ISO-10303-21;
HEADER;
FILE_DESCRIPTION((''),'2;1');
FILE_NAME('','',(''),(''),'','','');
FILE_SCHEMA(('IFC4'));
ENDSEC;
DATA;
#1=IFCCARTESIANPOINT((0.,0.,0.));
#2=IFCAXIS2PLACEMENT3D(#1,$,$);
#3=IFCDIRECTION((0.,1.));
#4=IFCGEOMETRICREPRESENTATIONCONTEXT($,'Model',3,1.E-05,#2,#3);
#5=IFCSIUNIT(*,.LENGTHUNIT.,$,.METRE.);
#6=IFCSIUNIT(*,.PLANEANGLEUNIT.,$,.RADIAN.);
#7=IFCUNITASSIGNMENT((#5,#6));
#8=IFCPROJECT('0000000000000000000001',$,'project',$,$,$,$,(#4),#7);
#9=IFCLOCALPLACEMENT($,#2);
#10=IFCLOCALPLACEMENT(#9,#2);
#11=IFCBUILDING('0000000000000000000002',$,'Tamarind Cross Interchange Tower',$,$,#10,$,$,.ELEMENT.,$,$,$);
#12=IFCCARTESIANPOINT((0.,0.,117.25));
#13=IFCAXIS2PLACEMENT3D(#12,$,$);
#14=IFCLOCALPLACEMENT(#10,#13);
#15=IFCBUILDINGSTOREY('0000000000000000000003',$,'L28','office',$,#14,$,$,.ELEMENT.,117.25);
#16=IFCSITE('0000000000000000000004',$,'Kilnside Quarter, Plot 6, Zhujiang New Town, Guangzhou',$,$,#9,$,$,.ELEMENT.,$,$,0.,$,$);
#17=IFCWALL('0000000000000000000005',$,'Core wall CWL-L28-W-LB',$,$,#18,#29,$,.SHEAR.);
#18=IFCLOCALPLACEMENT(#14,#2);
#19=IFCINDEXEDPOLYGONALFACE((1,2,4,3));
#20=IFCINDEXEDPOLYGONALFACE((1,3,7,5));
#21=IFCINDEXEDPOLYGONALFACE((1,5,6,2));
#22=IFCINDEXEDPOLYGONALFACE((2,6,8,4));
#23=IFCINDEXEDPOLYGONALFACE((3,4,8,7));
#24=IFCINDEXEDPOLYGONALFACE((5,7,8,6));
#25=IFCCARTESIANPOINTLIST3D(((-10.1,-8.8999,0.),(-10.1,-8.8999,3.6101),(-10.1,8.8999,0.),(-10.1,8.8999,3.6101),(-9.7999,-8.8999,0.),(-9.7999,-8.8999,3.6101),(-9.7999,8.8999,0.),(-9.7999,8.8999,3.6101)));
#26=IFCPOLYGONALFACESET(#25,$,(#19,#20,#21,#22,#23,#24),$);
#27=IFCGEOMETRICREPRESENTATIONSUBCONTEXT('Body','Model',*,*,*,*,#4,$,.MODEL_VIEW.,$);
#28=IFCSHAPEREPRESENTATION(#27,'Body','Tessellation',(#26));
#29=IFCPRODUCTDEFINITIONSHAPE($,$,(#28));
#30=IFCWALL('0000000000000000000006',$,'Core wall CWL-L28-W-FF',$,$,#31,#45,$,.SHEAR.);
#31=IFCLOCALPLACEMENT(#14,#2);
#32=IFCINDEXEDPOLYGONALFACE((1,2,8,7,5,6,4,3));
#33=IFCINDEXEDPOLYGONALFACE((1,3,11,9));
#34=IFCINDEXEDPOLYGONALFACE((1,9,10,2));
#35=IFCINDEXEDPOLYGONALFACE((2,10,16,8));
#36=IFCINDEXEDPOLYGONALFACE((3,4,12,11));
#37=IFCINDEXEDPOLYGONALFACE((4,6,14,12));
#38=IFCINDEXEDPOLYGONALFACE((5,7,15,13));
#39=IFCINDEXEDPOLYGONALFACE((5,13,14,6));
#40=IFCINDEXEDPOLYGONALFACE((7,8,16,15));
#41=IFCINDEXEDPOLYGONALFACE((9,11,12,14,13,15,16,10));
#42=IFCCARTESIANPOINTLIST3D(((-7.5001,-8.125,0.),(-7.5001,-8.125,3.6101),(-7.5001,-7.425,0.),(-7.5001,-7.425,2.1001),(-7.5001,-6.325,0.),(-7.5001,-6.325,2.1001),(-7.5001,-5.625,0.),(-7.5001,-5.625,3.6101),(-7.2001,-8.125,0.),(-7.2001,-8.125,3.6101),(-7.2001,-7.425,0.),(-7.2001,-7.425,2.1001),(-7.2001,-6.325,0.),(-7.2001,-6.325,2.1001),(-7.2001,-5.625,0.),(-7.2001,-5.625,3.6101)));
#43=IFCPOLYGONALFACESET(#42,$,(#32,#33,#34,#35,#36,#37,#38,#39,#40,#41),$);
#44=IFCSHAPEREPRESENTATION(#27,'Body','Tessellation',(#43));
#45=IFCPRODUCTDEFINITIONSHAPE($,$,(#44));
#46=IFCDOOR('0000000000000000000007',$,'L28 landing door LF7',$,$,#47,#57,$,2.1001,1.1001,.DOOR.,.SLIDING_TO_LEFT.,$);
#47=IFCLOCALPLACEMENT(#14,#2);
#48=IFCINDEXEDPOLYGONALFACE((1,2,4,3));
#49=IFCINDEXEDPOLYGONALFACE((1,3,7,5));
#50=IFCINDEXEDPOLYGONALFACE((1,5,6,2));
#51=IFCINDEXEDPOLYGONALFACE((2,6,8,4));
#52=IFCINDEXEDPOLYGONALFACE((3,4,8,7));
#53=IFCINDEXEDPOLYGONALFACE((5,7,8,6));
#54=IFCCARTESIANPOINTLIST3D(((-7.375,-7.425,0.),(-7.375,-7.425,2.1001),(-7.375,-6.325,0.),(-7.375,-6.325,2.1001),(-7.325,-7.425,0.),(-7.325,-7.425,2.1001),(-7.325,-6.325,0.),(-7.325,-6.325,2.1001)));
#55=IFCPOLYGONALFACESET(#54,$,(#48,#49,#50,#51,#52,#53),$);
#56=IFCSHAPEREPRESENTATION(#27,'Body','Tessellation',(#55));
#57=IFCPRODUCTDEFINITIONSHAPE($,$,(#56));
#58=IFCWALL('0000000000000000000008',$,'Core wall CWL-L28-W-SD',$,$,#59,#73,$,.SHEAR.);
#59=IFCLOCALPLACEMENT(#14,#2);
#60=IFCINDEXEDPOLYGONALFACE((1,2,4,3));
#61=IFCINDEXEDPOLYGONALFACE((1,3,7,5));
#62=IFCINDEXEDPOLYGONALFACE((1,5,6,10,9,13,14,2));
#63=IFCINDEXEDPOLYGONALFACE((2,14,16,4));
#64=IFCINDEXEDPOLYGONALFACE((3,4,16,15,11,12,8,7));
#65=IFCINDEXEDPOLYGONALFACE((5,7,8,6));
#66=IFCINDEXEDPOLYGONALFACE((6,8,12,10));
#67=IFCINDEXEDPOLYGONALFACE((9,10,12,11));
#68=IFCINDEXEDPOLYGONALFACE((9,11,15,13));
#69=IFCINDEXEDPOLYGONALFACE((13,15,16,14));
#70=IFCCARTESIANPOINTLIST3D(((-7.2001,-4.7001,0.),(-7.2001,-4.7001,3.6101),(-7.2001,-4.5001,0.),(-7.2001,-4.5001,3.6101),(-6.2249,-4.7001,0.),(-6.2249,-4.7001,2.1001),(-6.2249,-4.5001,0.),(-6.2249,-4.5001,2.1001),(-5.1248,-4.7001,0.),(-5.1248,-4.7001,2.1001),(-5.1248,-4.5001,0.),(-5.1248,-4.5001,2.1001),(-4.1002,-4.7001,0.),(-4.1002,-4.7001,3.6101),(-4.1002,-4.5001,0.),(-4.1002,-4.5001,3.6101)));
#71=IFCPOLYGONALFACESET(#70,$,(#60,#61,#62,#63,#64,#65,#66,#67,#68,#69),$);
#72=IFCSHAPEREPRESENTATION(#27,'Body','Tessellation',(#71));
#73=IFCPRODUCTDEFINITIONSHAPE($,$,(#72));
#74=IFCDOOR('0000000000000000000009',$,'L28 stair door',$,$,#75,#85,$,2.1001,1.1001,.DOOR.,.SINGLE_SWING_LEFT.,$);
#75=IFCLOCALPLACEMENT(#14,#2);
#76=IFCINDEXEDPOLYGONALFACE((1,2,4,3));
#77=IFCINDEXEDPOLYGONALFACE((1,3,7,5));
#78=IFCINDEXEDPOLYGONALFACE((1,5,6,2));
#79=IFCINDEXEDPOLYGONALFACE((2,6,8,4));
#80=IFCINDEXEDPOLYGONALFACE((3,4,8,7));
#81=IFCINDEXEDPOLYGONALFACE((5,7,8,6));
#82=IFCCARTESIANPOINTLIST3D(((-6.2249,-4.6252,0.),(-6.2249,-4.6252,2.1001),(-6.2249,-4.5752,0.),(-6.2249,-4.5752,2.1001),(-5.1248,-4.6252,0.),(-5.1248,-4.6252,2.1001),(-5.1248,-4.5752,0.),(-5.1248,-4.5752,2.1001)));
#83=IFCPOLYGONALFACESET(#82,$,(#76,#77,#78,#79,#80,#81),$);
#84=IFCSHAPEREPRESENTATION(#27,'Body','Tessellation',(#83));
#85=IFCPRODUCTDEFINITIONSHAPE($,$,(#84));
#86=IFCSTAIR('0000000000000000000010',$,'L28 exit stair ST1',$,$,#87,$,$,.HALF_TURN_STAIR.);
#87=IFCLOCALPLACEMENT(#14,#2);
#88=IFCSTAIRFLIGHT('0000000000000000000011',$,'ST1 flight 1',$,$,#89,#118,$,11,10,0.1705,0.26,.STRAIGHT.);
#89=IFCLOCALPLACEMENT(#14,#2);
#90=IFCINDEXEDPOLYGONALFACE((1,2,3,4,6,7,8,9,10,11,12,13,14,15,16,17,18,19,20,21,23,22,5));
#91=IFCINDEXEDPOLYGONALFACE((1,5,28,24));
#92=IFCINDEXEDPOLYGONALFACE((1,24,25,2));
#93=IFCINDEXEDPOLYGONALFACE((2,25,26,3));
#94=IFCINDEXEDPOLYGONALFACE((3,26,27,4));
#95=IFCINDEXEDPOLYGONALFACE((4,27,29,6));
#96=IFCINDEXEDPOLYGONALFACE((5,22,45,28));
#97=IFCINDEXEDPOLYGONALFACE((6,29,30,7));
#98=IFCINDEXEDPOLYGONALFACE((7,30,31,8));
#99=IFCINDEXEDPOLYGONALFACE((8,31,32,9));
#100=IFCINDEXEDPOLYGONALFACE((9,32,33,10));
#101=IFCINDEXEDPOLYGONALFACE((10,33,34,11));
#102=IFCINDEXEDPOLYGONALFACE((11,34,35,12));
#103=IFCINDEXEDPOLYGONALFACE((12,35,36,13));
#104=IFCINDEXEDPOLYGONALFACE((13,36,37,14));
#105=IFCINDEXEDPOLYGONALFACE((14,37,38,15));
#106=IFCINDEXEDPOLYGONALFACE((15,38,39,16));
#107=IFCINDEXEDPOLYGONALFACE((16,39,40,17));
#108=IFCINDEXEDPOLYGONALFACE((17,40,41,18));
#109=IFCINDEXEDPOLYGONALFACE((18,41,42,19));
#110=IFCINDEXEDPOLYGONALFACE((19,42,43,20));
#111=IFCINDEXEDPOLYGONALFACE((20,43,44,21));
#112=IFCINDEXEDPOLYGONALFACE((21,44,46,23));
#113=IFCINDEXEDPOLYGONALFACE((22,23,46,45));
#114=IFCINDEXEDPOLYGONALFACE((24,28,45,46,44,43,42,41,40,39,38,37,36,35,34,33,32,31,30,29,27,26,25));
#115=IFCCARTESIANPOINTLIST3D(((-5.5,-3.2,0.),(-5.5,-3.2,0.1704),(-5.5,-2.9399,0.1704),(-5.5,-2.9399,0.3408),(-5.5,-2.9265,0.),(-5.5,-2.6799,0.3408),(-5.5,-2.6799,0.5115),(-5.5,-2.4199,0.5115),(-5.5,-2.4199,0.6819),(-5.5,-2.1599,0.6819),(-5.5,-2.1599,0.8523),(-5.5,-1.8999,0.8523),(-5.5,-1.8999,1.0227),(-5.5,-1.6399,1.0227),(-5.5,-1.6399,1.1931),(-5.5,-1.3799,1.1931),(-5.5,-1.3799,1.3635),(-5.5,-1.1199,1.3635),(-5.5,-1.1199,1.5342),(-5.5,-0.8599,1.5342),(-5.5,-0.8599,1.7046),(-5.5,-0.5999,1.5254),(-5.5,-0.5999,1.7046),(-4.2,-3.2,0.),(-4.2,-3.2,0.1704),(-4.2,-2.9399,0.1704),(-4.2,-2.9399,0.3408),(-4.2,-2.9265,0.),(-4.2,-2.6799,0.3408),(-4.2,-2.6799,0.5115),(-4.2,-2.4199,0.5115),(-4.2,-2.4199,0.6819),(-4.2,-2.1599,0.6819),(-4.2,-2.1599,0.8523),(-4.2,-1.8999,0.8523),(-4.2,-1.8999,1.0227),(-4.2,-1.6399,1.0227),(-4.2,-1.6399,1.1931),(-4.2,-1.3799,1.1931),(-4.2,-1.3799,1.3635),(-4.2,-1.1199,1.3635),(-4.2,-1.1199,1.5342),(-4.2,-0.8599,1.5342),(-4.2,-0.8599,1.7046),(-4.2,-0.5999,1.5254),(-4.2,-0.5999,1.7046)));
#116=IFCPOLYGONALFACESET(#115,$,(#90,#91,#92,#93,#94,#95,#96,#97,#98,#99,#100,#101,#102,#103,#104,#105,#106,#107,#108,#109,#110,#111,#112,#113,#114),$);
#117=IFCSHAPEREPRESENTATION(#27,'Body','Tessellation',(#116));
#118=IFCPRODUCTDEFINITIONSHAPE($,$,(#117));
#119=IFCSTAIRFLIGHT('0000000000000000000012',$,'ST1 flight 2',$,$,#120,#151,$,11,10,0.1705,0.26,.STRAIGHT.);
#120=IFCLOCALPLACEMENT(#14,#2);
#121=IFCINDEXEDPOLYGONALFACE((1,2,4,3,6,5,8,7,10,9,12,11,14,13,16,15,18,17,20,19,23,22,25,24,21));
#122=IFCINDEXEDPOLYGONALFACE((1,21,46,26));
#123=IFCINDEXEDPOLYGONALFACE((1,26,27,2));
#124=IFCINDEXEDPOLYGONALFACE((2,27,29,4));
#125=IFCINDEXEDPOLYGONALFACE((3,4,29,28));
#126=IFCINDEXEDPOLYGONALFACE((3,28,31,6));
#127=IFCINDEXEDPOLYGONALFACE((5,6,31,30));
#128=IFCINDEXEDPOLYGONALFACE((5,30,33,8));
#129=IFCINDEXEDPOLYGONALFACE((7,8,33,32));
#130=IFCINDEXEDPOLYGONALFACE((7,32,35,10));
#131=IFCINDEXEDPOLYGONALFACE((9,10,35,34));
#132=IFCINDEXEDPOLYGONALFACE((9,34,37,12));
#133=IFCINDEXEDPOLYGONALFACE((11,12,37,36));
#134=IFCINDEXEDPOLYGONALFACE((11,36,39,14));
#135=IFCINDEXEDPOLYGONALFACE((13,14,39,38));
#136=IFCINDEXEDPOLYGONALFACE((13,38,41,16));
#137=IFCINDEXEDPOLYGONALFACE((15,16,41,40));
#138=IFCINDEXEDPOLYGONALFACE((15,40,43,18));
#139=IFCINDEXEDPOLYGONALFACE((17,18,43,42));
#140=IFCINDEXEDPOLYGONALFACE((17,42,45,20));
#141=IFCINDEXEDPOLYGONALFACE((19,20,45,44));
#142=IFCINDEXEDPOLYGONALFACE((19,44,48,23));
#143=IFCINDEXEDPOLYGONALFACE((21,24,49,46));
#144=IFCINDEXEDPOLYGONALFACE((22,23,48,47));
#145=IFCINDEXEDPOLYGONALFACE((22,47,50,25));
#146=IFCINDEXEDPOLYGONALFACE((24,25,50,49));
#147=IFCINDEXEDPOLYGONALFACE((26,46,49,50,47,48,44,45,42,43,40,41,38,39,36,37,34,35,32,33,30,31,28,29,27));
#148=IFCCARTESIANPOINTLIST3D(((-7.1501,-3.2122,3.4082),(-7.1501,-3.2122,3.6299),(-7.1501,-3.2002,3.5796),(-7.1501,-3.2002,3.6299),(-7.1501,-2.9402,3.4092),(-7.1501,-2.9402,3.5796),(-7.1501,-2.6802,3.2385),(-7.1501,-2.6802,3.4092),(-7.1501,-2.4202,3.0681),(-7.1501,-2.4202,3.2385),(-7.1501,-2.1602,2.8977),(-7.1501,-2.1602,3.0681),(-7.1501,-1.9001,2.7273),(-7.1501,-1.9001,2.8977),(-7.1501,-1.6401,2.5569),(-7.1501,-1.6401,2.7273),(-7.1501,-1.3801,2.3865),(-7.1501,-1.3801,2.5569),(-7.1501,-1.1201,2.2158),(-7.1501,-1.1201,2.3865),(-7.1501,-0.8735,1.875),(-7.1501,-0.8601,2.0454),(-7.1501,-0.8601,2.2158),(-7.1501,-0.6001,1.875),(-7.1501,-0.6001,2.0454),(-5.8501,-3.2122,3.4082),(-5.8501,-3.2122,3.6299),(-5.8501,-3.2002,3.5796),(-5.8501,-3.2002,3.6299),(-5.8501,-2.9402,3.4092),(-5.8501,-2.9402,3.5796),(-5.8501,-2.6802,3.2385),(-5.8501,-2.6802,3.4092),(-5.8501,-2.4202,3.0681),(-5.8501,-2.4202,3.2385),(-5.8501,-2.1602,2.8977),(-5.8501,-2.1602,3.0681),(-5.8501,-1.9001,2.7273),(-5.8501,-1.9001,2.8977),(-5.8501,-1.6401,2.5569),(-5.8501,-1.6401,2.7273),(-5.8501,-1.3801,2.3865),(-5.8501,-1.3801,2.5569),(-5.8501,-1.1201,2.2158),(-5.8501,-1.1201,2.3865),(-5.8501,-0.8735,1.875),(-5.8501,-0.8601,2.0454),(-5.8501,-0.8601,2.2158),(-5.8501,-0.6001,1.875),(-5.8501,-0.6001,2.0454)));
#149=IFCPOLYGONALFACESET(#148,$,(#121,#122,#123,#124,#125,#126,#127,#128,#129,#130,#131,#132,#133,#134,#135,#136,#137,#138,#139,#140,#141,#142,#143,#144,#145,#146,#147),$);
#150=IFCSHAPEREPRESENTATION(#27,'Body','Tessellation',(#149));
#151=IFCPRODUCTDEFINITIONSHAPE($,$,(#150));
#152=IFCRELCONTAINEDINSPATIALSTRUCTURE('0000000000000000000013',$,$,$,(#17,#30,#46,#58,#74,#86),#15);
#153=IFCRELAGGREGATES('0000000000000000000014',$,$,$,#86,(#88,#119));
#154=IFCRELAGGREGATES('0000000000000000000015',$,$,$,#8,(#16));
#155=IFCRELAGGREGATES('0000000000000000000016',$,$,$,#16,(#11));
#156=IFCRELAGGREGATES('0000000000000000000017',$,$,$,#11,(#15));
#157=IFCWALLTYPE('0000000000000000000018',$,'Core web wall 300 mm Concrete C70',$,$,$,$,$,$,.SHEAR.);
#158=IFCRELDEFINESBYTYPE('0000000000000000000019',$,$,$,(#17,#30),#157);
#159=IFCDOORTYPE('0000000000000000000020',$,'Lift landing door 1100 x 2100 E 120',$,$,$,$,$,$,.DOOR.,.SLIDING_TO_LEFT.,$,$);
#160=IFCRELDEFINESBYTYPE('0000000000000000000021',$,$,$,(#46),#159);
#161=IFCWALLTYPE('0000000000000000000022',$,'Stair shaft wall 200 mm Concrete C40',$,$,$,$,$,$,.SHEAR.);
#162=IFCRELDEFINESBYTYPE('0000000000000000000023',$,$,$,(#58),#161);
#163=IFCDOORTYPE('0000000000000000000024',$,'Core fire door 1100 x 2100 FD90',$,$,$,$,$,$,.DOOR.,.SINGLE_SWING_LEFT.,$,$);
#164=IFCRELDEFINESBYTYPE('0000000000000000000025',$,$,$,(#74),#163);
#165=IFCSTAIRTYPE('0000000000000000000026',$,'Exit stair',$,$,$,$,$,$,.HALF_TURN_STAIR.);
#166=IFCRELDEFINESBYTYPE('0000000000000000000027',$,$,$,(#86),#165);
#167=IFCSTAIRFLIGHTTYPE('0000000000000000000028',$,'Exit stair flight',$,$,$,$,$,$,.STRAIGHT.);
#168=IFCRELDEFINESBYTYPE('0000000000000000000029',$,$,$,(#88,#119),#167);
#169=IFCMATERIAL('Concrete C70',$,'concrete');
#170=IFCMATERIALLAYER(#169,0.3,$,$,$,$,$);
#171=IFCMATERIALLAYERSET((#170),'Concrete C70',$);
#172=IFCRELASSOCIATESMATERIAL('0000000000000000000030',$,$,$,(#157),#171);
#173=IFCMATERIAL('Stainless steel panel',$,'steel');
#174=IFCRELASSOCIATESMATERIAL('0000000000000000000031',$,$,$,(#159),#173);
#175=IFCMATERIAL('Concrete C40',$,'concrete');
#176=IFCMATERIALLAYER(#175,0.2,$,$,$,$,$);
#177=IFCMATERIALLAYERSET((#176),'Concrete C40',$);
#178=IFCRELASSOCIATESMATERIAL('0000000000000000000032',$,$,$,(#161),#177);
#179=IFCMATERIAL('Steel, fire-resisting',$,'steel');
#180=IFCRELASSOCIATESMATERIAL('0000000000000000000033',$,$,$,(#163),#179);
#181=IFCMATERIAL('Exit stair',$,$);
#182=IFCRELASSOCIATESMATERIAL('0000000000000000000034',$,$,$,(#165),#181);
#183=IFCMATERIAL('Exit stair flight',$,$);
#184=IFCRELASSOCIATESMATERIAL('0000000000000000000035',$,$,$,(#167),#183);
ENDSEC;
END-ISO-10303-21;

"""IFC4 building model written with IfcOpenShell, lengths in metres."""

from ifc_helpers import new_model, si_unit, direction, frame, frame_2d, origin, place, context, subcontext, project, spatial, polyline, rectangle, outline, extrude, material, layer, layer_set, type_object, element, fill, aggregate, save


model = new_model("IFC4")

# Units and contexts
model_context = context("Model", 3, precision=1e-05, world=origin(), true_north=direction((0.0, 1.0)))
body_context = subcontext(model_context, "Body", "Model", "MODEL_VIEW")
ifc_project = project(units=[si_unit("LENGTHUNIT", "METRE"), si_unit("PLANEANGLEUNIT", "RADIAN")], contexts=[model_context])

# Site, building, storey
site_placement = place(None, origin())
site = spatial("IfcSite", under=ifc_project, at=site_placement, Name="Kilnside Quarter, Plot 6, Zhujiang New Town, Guangzhou", CompositionType="ELEMENT", RefElevation=0.0)
building_placement = place(site_placement, origin())
building = spatial("IfcBuilding", under=site, at=building_placement, Name="Tamarind Cross Interchange Tower", CompositionType="ELEMENT")
storey_placement = place(building_placement, frame((0.0, 0.0, 117.25)))
storey = spatial("IfcBuildingStorey", under=building, at=storey_placement, Name="L28", Description="office", CompositionType="ELEMENT", Elevation=117.25)

# Shared definitions
ifc_material_1 = material(Name="Concrete C70", Category="concrete")
ifc_material_2 = material(Name="Steel, fire-resisting", Category="steel")

# Wall
ifc_layer_1 = layer(ifc_material_1, 0.3)
ifc_layer_set_1 = layer_set([ifc_layer_1], Name="Concrete C70")
wall_type_1 = type_object("IfcWallType", Name="Core web wall 300 mm Concrete C70", PredefinedType="SHEAR", material=ifc_layer_set_1)
wall_1_placement = place(storey_placement, frame((-9.95, -8.8999, 0.0), z_axis=(0.0, 0.0, 1.0), x_axis=(0.0, 1.0, 0.0)))
element("IfcWall", 1, at=wall_1_placement, inside=storey, type_object=wall_type_1, Name="Core wall CWL-L28-W-LB", PredefinedType="SHEAR", context=body_context, shape_type="SweptSolid", body=[
    extrude(rectangle(XDim=17.7998, YDim=0.3, at=frame_2d((8.8999, 0.0))), origin(), (0.0, 0.0, 1.0), 3.6101),
])

# Walls, openings, doors
wall_2_placement = place(storey_placement, frame((-7.3501, -8.125, 0.0), z_axis=(0.0, 0.0, 1.0), x_axis=(0.0, 1.0, 0.0)))
wall_2 = element("IfcWall", 2, at=wall_2_placement, inside=storey, type_object=wall_type_1, Name="Core wall CWL-L28-W-FF", PredefinedType="SHEAR", context=body_context, shape_type="SweptSolid", body=[
    extrude(rectangle(XDim=2.5, YDim=0.3, at=frame_2d((1.25, 0.0))), origin(), (0.0, 0.0, 1.0), 3.6101),
])
opening_1_placement = place(wall_2_placement, frame((0.7, 0.0, 0.0)))
opening_1 = element("IfcOpeningElement", 3, at=opening_1_placement, cuts=wall_2, PredefinedType="OPENING", context=body_context, shape_type="SweptSolid", body=[
    extrude(rectangle(XDim=1.1001, YDim=2.1001, at=frame_2d((0.55, 1.05))), frame((0.0, 0.1599, 0.0), z_axis=(0.0, -1.0, 0.0), x_axis=(1.0, 0.0, 0.0)), (0.0, 0.0, 1.0), 0.3201),
])
ifc_material_3 = material(Name="Stainless steel panel", Category="steel")
door_type_1 = type_object("IfcDoorType", Name="Lift landing door 1100 x 2100 E 120", OperationType="SLIDING_TO_LEFT", PredefinedType="DOOR", material=ifc_material_3)
door_1_placement = place(opening_1_placement, origin())
door_1 = element("IfcDoor", 4, at=door_1_placement, inside=storey, type_object=door_type_1, Name="L28 landing door LF7", OperationType="SLIDING_TO_LEFT", OverallHeight=2.1001, OverallWidth=1.1001, PredefinedType="DOOR", context=body_context, shape_type="SweptSolid", body=[
    extrude(rectangle(XDim=1.1001, YDim=2.1001, at=frame_2d((0.55, 1.05))), frame((0.0, 0.0249, 0.0), z_axis=(0.0, -1.0, 0.0), x_axis=(1.0, 0.0, 0.0)), (0.0, 0.0, 1.0), 0.05),
])
fill(opening_1, door_1)
ifc_material_4 = material(Name="Concrete C40", Category="concrete")
ifc_layer_2 = layer(ifc_material_4, 0.2)
ifc_layer_set_2 = layer_set([ifc_layer_2], Name="Concrete C40")
wall_type_2 = type_object("IfcWallType", Name="Stair shaft wall 200 mm Concrete C40", PredefinedType="SHEAR", material=ifc_layer_set_2)
wall_3_placement = place(storey_placement, frame((-7.2, -4.6001, 0.0), z_axis=(0.0, 0.0, 1.0), x_axis=(1.0, 0.0, 0.0)))
wall_3 = element("IfcWall", 5, at=wall_3_placement, inside=storey, type_object=wall_type_2, Name="Core wall CWL-L28-W-SD", PredefinedType="SHEAR", context=body_context, shape_type="SweptSolid", body=[
    extrude(rectangle(XDim=3.0999, YDim=0.2, at=frame_2d((1.5498, 0.0))), origin(), (0.0, 0.0, 1.0), 3.6101),
])
opening_2_placement = place(wall_3_placement, frame((0.9751, 0.0, 0.0)))
opening_2 = element("IfcOpeningElement", 6, at=opening_2_placement, cuts=wall_3, PredefinedType="OPENING", context=body_context, shape_type="SweptSolid", body=[
    extrude(rectangle(XDim=1.1001, YDim=2.1001, at=frame_2d((0.55, 1.05))), frame((0.0, 0.1099, 0.0), z_axis=(0.0, -1.0, 0.0), x_axis=(1.0, 0.0, 0.0)), (0.0, 0.0, 1.0), 0.22),
])
door_type_2 = type_object("IfcDoorType", Name="Core fire door 1100 x 2100 FD90", OperationType="SINGLE_SWING_LEFT", PredefinedType="DOOR", material=ifc_material_2)
door_2_placement = place(opening_2_placement, origin())
door_2 = element("IfcDoor", 7, at=door_2_placement, inside=storey, type_object=door_type_2, Name="L28 stair door", OperationType="SINGLE_SWING_LEFT", OverallHeight=2.1001, OverallWidth=1.1001, PredefinedType="DOOR", context=body_context, shape_type="SweptSolid", body=[
    extrude(rectangle(XDim=1.1001, YDim=2.1001, at=frame_2d((0.55, 1.05))), frame((0.0, 0.0249, 0.0), z_axis=(0.0, -1.0, 0.0), x_axis=(1.0, 0.0, 0.0)), (0.0, 0.0, 1.0), 0.05),
])
fill(opening_2, door_2)

# Stair, stair flights
ifc_material_5 = material(Name="Exit stair")
stair_type = type_object("IfcStairType", Name="Exit stair", PredefinedType="HALF_TURN_STAIR", material=ifc_material_5)
stair_placement = place(storey_placement, origin())
stair = element("IfcStair", 8, at=stair_placement, inside=storey, type_object=stair_type, Name="L28 exit stair ST1", PredefinedType="HALF_TURN_STAIR")
ifc_material_6 = material(Name="Exit stair flight")
stair_flight_type = type_object("IfcStairFlightType", Name="Exit stair flight", PredefinedType="STRAIGHT", material=ifc_material_6)
stair_flight_1_placement = place(storey_placement, frame((-4.8501, -3.2, 0.0), z_axis=(0.0, 0.0, 1.0), x_axis=(0.0, 1.0, 0.0)))
stair_flight_1 = element("IfcStairFlight", 9, at=stair_flight_1_placement, type_object=stair_flight_type, Name="ST1 flight 1", NumberOfRisers=11, NumberOfTreads=10, PredefinedType="STRAIGHT", RiserHeight=0.1705, TreadLength=0.26, context=body_context, shape_type="SweptSolid", body=[
    extrude(outline(polyline([(0.0, 0.0), (0.0, 0.1704), (0.26, 0.1704), (0.26, 0.3408), (0.52, 0.3408), (0.52, 0.5115), (0.78, 0.5115), (0.78, 0.6819), (1.04, 0.6819), (1.04, 0.8523), (1.3, 0.8523), (1.3, 1.0227), (1.5601, 1.0227), (1.5601, 1.1931), (1.8201, 1.1931), (1.8201, 1.3635), (2.0801, 1.3635), (2.0801, 1.5342), (2.3401, 1.5342), (2.3401, 1.7046), (2.6001, 1.7046), (2.6001, 1.875), (2.6001, 1.5254), (0.2734, 0.0), (0.0, 0.0)])), frame((0.0, 0.6499, 0.0), z_axis=(0.0, -1.0, 0.0), x_axis=(1.0, 0.0, 0.0)), (0.0, 0.0, 1.0), 1.3),
])
stair_flight_2_placement = place(storey_placement, frame((-6.5, -0.6001, 1.875), z_axis=(0.0, 0.0, 1.0), x_axis=(0.0, -1.0, 0.0)))
stair_flight_2 = element("IfcStairFlight", 10, at=stair_flight_2_placement, type_object=stair_flight_type, Name="ST1 flight 2", NumberOfRisers=11, NumberOfTreads=10, PredefinedType="STRAIGHT", RiserHeight=0.1705, TreadLength=0.26, context=body_context, shape_type="SweptSolid", body=[
    extrude(outline(polyline([(0.0, 0.0), (0.0, 0.1704), (0.26, 0.1704), (0.26, 0.3408), (0.52, 0.3408), (0.52, 0.5115), (0.78, 0.5115), (0.78, 0.6819), (1.04, 0.6819), (1.04, 0.8523), (1.3, 0.8523), (1.3, 1.0227), (1.5601, 1.0227), (1.5601, 1.1931), (1.8201, 1.1931), (1.8201, 1.3635), (2.0801, 1.3635), (2.0801, 1.5342), (2.3401, 1.5342), (2.3401, 1.7046), (2.6001, 1.7046), (2.6001, 1.7549), (2.6121, 1.7549), (2.6121, 1.5332), (0.2734, 0.0), (0.0, 0.0)])), frame((0.0, 0.6499, 0.0), z_axis=(0.0, -1.0, 0.0), x_axis=(1.0, 0.0, 0.0)), (0.0, 0.0, 1.0), 1.3),
])
aggregate(stair, [stair_flight_1, stair_flight_2])

save(model, "model.ifc")
